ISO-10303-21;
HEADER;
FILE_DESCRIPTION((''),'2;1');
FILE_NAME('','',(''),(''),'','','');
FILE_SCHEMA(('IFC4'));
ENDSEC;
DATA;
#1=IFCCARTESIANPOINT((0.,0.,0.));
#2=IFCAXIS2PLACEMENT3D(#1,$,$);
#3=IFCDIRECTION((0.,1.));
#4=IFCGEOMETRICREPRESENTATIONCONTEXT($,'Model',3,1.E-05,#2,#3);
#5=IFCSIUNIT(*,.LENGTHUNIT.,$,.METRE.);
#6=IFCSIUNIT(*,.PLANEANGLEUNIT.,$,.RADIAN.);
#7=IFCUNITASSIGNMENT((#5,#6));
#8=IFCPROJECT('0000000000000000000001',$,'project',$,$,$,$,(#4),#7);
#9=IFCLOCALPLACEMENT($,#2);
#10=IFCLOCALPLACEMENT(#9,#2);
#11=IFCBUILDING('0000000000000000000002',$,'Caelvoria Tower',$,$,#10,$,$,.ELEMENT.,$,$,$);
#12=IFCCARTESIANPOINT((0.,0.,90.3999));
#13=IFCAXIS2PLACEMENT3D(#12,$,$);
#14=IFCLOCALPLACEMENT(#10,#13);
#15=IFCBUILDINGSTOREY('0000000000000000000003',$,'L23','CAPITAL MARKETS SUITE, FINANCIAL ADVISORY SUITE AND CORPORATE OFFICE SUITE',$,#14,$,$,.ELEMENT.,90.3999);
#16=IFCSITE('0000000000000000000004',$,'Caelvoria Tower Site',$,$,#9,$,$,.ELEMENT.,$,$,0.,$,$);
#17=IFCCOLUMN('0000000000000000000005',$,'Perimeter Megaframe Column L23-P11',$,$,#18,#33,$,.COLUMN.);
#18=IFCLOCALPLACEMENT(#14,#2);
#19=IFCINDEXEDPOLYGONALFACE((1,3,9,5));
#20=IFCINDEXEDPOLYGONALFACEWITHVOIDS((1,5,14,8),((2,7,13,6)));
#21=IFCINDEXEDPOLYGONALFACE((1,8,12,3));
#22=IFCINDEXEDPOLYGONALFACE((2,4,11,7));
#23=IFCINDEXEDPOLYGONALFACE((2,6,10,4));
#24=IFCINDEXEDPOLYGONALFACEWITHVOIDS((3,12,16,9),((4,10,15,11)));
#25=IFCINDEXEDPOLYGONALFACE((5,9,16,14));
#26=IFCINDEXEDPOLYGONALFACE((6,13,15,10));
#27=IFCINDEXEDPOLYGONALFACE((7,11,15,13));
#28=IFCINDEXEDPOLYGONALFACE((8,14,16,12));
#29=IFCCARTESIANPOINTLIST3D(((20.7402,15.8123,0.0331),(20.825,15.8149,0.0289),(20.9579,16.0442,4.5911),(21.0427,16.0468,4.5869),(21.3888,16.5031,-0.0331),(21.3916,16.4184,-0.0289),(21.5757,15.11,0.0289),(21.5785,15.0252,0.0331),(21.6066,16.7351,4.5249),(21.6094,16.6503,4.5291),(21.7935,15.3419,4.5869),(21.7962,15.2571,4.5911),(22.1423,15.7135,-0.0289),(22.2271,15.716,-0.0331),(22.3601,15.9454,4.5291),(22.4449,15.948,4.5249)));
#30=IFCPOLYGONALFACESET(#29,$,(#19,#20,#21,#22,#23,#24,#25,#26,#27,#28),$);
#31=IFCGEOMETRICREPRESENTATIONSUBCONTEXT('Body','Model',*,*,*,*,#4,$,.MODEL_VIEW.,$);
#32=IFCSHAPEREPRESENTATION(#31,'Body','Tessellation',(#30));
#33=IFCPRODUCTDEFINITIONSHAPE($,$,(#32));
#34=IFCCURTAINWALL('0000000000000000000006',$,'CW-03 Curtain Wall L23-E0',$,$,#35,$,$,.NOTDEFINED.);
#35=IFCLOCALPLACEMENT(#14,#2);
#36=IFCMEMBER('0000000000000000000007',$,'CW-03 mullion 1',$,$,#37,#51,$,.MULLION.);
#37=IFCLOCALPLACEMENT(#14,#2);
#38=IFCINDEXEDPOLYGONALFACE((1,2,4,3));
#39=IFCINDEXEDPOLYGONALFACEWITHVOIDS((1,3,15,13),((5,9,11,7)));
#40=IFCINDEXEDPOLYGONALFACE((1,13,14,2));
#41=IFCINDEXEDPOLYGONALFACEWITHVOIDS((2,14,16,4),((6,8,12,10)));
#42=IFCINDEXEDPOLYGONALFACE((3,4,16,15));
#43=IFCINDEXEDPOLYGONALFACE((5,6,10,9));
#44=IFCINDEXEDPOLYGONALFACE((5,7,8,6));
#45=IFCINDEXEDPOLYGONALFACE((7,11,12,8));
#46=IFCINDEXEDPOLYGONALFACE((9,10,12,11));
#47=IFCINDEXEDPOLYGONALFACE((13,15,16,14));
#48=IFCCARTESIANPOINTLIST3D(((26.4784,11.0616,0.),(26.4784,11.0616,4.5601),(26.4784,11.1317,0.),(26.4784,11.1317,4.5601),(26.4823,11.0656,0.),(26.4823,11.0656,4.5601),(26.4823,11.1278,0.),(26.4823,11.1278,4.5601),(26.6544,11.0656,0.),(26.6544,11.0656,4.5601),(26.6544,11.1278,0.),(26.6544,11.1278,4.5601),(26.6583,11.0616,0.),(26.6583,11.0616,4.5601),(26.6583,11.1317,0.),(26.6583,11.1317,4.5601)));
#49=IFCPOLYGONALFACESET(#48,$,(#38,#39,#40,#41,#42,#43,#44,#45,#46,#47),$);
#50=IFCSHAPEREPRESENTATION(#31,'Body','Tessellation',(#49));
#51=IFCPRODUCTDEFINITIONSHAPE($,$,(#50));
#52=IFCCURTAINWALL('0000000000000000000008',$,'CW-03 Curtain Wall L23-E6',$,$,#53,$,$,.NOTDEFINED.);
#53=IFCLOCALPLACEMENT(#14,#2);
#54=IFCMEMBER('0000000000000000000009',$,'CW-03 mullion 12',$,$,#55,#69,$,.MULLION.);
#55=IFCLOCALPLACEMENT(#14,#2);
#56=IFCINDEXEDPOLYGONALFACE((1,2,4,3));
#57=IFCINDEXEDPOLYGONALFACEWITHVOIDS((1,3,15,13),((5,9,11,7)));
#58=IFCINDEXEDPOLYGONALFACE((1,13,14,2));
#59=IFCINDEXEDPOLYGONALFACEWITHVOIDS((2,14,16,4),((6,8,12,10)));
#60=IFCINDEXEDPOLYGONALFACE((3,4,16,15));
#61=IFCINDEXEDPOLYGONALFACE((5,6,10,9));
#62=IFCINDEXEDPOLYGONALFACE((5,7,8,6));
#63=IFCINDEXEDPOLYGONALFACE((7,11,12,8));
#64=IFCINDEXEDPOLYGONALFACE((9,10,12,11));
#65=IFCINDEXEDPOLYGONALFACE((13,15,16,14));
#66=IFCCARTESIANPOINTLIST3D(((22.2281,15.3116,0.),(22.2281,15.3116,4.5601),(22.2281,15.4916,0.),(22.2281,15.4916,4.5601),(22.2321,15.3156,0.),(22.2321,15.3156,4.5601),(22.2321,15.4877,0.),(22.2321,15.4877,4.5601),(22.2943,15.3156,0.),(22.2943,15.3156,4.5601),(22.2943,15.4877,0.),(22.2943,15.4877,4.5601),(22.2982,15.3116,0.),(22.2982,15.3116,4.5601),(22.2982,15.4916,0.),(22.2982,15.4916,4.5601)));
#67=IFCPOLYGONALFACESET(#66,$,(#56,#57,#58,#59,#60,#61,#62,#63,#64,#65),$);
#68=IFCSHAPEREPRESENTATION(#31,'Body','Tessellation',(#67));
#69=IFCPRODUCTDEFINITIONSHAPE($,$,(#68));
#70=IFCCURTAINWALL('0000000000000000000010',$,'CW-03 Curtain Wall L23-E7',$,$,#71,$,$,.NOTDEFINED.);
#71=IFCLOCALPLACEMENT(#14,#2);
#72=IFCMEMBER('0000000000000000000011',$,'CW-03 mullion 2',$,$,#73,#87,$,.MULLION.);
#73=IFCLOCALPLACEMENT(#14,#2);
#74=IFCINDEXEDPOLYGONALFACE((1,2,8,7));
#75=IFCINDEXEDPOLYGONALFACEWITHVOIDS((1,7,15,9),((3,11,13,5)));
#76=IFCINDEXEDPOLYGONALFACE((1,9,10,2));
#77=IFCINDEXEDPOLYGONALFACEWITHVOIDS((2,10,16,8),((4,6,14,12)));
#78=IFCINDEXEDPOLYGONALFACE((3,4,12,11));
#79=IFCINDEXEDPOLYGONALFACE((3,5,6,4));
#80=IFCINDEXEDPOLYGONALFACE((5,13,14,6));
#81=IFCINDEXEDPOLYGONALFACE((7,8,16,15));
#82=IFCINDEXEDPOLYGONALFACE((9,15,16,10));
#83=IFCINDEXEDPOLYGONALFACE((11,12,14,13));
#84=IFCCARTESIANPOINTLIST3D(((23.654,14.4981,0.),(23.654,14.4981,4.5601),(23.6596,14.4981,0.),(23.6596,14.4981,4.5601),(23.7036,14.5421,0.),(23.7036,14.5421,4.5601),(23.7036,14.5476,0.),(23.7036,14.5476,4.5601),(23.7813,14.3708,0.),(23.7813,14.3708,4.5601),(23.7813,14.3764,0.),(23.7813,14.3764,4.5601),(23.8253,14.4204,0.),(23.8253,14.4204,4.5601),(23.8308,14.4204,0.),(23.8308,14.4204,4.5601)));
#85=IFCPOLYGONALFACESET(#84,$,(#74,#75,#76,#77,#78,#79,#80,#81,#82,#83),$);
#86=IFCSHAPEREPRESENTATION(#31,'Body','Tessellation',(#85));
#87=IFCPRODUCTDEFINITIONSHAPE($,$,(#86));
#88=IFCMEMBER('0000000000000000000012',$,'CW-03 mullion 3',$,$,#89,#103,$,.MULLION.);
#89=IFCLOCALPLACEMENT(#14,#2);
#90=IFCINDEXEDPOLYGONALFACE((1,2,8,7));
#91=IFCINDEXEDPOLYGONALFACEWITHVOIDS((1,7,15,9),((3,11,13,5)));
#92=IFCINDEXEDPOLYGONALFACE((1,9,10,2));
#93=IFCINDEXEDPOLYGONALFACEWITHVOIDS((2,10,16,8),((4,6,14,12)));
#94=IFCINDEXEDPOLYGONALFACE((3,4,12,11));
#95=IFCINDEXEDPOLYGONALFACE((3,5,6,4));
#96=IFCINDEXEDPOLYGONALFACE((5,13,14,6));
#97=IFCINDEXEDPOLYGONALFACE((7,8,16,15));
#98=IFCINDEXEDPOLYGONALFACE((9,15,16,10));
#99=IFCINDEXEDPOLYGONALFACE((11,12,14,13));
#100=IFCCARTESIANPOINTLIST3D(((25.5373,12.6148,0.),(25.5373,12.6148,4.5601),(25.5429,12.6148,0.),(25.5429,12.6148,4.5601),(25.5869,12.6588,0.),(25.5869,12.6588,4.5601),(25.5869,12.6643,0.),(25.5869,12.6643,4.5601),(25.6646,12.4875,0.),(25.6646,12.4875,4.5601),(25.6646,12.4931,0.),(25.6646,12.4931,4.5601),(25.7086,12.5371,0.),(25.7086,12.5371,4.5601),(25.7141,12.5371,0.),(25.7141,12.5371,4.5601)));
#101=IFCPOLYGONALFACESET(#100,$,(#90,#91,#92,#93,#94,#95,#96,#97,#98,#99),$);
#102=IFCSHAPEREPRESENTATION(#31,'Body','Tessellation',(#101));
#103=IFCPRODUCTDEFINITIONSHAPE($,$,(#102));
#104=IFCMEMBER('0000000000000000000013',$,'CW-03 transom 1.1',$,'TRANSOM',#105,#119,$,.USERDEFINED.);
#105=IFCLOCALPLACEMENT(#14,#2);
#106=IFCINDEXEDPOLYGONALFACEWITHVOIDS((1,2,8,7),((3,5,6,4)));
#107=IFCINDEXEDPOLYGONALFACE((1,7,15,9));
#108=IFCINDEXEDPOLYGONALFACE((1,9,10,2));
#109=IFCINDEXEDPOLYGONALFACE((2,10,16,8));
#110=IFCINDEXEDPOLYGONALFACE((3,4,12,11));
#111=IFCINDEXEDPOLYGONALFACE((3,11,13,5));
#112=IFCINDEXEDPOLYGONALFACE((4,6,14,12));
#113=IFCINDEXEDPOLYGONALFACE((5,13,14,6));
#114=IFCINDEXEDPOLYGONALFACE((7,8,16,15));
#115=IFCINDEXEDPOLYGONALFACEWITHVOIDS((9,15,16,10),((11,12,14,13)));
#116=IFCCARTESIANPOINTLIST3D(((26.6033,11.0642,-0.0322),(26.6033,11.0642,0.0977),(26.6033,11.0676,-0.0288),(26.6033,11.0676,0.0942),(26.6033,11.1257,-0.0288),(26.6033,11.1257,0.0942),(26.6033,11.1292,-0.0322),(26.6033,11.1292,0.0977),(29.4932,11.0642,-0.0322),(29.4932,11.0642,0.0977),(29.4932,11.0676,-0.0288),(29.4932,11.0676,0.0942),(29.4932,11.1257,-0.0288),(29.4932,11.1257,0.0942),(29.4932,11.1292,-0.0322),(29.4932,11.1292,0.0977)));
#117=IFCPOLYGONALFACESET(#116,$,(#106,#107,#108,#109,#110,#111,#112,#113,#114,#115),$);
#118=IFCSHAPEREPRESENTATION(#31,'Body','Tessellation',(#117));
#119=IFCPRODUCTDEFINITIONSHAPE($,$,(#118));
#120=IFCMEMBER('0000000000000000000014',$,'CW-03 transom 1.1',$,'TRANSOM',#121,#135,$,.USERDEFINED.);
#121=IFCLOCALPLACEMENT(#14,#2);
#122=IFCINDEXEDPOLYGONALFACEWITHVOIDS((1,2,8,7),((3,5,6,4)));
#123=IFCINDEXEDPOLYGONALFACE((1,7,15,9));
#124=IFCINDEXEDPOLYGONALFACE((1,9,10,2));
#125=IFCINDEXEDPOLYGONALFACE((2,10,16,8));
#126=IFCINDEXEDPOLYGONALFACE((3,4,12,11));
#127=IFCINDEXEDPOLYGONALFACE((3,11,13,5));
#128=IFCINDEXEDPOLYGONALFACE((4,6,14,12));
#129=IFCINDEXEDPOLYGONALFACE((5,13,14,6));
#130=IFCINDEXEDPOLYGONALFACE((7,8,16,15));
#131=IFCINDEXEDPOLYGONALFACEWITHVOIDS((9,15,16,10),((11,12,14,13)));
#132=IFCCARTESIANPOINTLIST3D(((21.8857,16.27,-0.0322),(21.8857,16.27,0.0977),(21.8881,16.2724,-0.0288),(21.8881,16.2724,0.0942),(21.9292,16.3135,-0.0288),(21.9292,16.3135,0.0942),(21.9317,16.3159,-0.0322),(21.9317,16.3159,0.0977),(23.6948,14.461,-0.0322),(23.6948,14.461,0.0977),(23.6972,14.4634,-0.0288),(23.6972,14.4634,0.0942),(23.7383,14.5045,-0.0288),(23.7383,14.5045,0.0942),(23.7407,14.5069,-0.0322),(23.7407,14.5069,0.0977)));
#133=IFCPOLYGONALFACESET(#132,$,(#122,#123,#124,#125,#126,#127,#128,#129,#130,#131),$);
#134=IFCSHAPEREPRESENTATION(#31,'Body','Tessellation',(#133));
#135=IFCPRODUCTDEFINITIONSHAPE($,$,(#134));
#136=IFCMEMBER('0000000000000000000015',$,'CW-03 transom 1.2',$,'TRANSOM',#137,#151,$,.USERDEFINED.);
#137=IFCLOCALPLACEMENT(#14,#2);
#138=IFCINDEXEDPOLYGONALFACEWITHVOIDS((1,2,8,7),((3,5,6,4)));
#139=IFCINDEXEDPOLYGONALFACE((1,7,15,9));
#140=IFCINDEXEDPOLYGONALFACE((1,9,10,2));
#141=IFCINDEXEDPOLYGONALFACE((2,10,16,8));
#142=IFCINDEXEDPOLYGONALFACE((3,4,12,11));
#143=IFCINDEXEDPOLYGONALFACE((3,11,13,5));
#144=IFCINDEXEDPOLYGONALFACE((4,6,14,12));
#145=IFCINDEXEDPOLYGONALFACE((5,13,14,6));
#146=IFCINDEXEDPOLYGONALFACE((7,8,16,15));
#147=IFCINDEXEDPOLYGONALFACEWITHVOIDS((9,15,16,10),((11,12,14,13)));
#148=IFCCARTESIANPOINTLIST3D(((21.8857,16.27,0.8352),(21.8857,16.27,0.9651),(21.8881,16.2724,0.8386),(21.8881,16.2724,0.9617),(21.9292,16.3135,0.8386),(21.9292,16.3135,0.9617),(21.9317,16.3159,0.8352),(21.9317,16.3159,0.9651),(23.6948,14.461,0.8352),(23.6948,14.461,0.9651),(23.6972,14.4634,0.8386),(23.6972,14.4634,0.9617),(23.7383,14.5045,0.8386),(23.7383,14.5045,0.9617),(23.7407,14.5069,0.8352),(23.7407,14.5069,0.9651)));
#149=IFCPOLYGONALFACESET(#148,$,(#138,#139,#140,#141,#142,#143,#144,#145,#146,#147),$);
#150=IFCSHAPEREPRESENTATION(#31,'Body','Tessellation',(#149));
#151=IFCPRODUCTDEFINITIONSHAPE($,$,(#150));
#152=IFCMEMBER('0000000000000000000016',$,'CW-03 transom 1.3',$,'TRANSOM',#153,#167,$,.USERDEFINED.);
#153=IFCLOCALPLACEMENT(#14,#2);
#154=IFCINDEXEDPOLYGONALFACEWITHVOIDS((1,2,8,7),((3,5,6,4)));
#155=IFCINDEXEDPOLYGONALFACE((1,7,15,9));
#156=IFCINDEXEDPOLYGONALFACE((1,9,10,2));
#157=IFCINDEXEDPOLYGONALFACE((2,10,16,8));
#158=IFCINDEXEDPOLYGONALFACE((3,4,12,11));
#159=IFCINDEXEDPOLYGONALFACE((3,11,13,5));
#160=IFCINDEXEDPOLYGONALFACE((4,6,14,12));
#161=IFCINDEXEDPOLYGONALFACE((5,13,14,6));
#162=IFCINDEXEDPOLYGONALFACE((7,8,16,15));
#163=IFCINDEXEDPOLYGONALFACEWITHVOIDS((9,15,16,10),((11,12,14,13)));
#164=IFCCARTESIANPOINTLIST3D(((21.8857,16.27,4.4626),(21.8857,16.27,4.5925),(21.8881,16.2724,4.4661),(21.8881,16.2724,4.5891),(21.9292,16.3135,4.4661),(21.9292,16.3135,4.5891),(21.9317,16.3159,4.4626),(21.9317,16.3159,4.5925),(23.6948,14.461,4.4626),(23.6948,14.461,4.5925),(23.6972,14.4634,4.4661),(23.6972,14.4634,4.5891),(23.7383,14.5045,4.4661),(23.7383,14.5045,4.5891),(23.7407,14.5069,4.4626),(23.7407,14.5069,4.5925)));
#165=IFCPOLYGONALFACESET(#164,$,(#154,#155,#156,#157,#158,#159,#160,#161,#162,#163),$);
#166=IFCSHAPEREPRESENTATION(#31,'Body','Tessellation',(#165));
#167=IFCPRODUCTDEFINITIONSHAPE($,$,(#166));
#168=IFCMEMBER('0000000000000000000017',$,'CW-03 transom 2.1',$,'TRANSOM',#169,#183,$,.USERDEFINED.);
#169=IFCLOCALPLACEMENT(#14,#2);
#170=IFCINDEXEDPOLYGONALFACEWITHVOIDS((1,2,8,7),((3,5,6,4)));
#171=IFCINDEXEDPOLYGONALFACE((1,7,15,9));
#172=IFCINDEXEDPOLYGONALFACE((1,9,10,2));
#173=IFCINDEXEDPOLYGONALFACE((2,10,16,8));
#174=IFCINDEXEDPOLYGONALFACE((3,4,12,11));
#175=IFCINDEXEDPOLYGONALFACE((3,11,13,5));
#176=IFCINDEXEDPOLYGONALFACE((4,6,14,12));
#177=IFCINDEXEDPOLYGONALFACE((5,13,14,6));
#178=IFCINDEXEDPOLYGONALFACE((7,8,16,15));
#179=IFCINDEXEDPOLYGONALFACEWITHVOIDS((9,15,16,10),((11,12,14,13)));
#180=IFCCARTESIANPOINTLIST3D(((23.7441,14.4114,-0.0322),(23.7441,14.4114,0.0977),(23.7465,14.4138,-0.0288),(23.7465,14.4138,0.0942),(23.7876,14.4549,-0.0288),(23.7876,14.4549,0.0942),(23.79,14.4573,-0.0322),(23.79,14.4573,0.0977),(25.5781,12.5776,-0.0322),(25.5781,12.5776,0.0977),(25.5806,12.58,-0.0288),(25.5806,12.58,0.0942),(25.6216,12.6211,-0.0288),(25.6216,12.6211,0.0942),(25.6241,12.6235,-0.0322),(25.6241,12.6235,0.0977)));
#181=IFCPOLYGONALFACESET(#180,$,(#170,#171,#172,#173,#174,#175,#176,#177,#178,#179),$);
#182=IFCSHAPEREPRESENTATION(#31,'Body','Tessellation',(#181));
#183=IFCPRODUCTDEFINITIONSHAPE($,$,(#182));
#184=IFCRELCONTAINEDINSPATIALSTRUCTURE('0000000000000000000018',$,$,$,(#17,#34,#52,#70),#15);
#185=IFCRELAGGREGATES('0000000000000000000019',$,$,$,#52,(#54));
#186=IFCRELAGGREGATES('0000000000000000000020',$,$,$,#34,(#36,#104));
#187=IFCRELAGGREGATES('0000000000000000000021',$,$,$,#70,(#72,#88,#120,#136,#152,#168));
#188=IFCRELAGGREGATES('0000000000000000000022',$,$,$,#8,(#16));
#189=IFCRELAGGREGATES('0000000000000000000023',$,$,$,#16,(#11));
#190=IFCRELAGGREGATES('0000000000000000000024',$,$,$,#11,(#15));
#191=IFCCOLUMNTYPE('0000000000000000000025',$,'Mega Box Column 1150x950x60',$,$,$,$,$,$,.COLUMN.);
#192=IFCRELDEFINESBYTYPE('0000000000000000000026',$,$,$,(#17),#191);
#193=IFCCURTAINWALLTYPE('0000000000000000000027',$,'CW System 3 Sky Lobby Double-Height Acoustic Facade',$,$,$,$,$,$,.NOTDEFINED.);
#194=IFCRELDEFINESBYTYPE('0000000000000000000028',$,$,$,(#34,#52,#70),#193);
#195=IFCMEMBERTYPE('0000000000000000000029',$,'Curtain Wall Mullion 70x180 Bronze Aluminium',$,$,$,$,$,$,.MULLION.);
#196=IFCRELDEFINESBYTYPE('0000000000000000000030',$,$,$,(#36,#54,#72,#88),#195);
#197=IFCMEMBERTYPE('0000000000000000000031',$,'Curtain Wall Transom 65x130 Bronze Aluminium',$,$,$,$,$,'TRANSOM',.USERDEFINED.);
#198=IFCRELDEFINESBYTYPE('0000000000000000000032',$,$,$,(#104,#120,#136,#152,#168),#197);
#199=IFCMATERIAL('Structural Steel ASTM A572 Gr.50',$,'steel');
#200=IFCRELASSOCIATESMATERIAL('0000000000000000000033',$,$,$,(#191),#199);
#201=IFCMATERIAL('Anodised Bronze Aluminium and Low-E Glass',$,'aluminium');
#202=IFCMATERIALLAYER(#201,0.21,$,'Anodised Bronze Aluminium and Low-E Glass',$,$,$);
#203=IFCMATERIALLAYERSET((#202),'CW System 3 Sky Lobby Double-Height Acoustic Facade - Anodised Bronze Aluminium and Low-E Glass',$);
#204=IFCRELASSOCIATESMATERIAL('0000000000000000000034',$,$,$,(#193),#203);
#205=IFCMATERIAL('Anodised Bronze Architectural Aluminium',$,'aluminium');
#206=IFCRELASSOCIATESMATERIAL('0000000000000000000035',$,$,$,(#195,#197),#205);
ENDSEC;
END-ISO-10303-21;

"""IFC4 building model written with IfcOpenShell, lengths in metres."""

from ifc_helpers import new_model, si_unit, direction, frame, origin, origin_2d, place, context, subcontext, project, spatial, hollow_rectangle, extrude, material, layer, layer_set, material_profile, profile_set, type_object, element, aggregate, save


model = new_model("IFC4")

# Units and contexts
model_context = context("Model", 3, precision=1e-05, world=origin(), true_north=direction((0.0, 1.0)))
body_context = subcontext(model_context, "Body", "Model", "MODEL_VIEW")
ifc_project = project(units=[si_unit("LENGTHUNIT", "METRE"), si_unit("PLANEANGLEUNIT", "RADIAN")], contexts=[model_context])

# Site, building, storey
site_placement = place(None, origin())
site = spatial("IfcSite", under=ifc_project, at=site_placement, Name="Caelvoria Tower Site", CompositionType="ELEMENT", RefElevation=0.0)
building_placement = place(site_placement, origin())
building = spatial("IfcBuilding", under=site, at=building_placement, Name="Caelvoria Tower", CompositionType="ELEMENT")
storey_placement = place(building_placement, frame((0.0, 0.0, 90.3999)))
storey = spatial("IfcBuildingStorey", under=building, at=storey_placement, Name="L23", Description="CAPITAL MARKETS SUITE, FINANCIAL ADVISORY SUITE AND CORPORATE OFFICE SUITE", CompositionType="ELEMENT", Elevation=90.3999)

# Column
ifc_material_1 = material(Name="Structural Steel ASTM A572 Gr.50", Category="steel")
ifc_material_profile_1 = material_profile(ifc_material_1, hollow_rectangle(XDim=0.95, YDim=1.1499, WallThickness=0.0601, at=origin_2d()), Name="Structural Steel ASTM A572 Gr.50")
ifc_profile_set_1 = profile_set([ifc_material_profile_1], Name="BOX1150X950X60 - Structural Steel ASTM A572 Gr.50")
column_type = type_object("IfcColumnType", Name="Mega Box Column 1150x950x60", PredefinedType="COLUMN", material=ifc_profile_set_1)
column_placement = place(storey_placement, frame((21.4836, 15.7642, 0.0), z_axis=(0.047661, 0.05076, 0.997573), x_axis=(-0.682841, -0.727241, 0.069629)))
element("IfcColumn", 1, at=column_placement, inside=storey, type_object=column_type, Name="Perimeter Megaframe Column L23-P11", PredefinedType="COLUMN", context=body_context, shape_type="SweptSolid", body=[
    extrude(hollow_rectangle(XDim=0.95, YDim=1.1499, WallThickness=0.0601, at=origin_2d()), origin(), (0.0, 0.0, 1.0), 4.5691),
])

# Curtain walls, members
ifc_material_2 = material(Name="Anodised Bronze Aluminium and Low-E Glass", Category="aluminium")
ifc_layer_1 = layer(ifc_material_2, 0.21, Name="Anodised Bronze Aluminium and Low-E Glass")
ifc_layer_set_1 = layer_set([ifc_layer_1], Name="CW System 3 Sky Lobby Double-Height Acoustic Facade - Anodised Bronze Aluminium and Low-E Glass")
curtain_wall_type = type_object("IfcCurtainWallType", Name="CW System 3 Sky Lobby Double-Height Acoustic Facade", PredefinedType="NOTDEFINED", material=ifc_layer_set_1)
curtain_wall_1_placement = place(storey_placement, origin())
curtain_wall_1 = element("IfcCurtainWall", 2, at=curtain_wall_1_placement, inside=storey, type_object=curtain_wall_type, Name="CW-03 Curtain Wall L23-E0", PredefinedType="NOTDEFINED")
ifc_material_3 = material(Name="Anodised Bronze Architectural Aluminium", Category="aluminium")
ifc_material_profile_2 = material_profile(ifc_material_3, hollow_rectangle(XDim=0.0701, YDim=0.1799, WallThickness=0.0039, at=origin_2d()), Name="Anodised Bronze Architectural Aluminium")
ifc_profile_set_2 = profile_set([ifc_material_profile_2], Name="CW_MULL_70X180 - Anodised Bronze Architectural Aluminium")
member_type_1 = type_object("IfcMemberType", Name="Curtain Wall Mullion 70x180 Bronze Aluminium", PredefinedType="MULLION", material=ifc_profile_set_2)
member_1_placement = place(storey_placement, frame((26.5684, 11.0967, 0.0), z_axis=(0.0, 0.0, 1.0), x_axis=(0.0, 1.0, 0.0)))
member_1 = element("IfcMember", 3, at=member_1_placement, type_object=member_type_1, Name="CW-03 mullion 1", PredefinedType="MULLION", context=body_context, shape_type="SweptSolid", body=[
    extrude(hollow_rectangle(XDim=0.0701, YDim=0.1799, WallThickness=0.0039, at=origin_2d()), origin(), (0.0, 0.0, 1.0), 4.5601),
])
curtain_wall_2_placement = place(storey_placement, origin())
curtain_wall_2 = element("IfcCurtainWall", 4, at=curtain_wall_2_placement, inside=storey, type_object=curtain_wall_type, Name="CW-03 Curtain Wall L23-E6", PredefinedType="NOTDEFINED")
member_2_placement = place(storey_placement, frame((22.2632, 15.4016, 0.0), z_axis=(0.0, 0.0, 1.0), x_axis=(1.0, 0.0, 0.0)))
member_2 = element("IfcMember", 5, at=member_2_placement, type_object=member_type_1, Name="CW-03 mullion 12", PredefinedType="MULLION", context=body_context, shape_type="SweptSolid", body=[
    extrude(hollow_rectangle(XDim=0.0701, YDim=0.1799, WallThickness=0.0039, at=origin_2d()), origin(), (0.0, 0.0, 1.0), 4.5601),
])
aggregate(curtain_wall_2, [member_2])

# Curtain wall, members
curtain_wall_3_placement = place(storey_placement, origin())
curtain_wall_3 = element("IfcCurtainWall", 6, at=curtain_wall_3_placement, inside=storey, type_object=curtain_wall_type, Name="CW-03 Curtain Wall L23-E7", PredefinedType="NOTDEFINED")
member_3_placement = place(storey_placement, frame((23.7424, 14.4592, 0.0), z_axis=(0.0, 0.0, 1.0), x_axis=(0.707107, 0.707107, 0.0)))
member_3 = element("IfcMember", 7, at=member_3_placement, type_object=member_type_1, Name="CW-03 mullion 2", PredefinedType="MULLION", context=body_context, shape_type="SweptSolid", body=[
    extrude(hollow_rectangle(XDim=0.0701, YDim=0.1799, WallThickness=0.0039, at=origin_2d()), origin(), (0.0, 0.0, 1.0), 4.5601),
])
member_4_placement = place(storey_placement, frame((25.6257, 12.5759, 0.0), z_axis=(0.0, 0.0, 1.0), x_axis=(0.707107, 0.707107, 0.0)))
member_4 = element("IfcMember", 8, at=member_4_placement, type_object=member_type_1, Name="CW-03 mullion 3", PredefinedType="MULLION", context=body_context, shape_type="SweptSolid", body=[
    extrude(hollow_rectangle(XDim=0.0701, YDim=0.1799, WallThickness=0.0039, at=origin_2d()), origin(), (0.0, 0.0, 1.0), 4.5601),
])

# Members
ifc_material_profile_3 = material_profile(ifc_material_3, hollow_rectangle(XDim=0.0649, YDim=0.1299, WallThickness=0.0034, at=origin_2d()), Name="Anodised Bronze Architectural Aluminium")
ifc_profile_set_3 = profile_set([ifc_material_profile_3], Name="CW_TRAN_65X130 - Anodised Bronze Architectural Aluminium")
member_type_2 = type_object("IfcMemberType", Name="Curtain Wall Transom 65x130 Bronze Aluminium", ElementType="TRANSOM", PredefinedType="USERDEFINED", material=ifc_profile_set_3)
member_5_placement = place(storey_placement, frame((26.6033, 11.0967, 0.0327), z_axis=(1.0, 0.0, 0.0), x_axis=(0.0, 1.0, 0.0)))
member_5 = element("IfcMember", 9, at=member_5_placement, type_object=member_type_2, Name="CW-03 transom 1.1", ObjectType="TRANSOM", PredefinedType="USERDEFINED", context=body_context, shape_type="SweptSolid", body=[
    extrude(hollow_rectangle(XDim=0.0649, YDim=0.1299, WallThickness=0.0034, at=origin_2d()), origin(), (0.0, 0.0, 1.0), 2.8899),
])
aggregate(curtain_wall_1, [member_1, member_5])
member_6_placement = place(storey_placement, frame((21.9087, 16.293, 0.0327), z_axis=(0.707107, -0.707107, 0.0), x_axis=(0.707107, 0.707107, 0.0)))
member_6 = element("IfcMember", 10, at=member_6_placement, type_object=member_type_2, Name="CW-03 transom 1.1", ObjectType="TRANSOM", PredefinedType="USERDEFINED", context=body_context, shape_type="SweptSolid", body=[
    extrude(hollow_rectangle(XDim=0.0649, YDim=0.1299, WallThickness=0.0034, at=origin_2d()), origin(), (0.0, 0.0, 1.0), 2.5583),
])
member_7_placement = place(storey_placement, frame((21.9087, 16.293, 0.9001), z_axis=(0.707107, -0.707107, 0.0), x_axis=(0.707107, 0.707107, 0.0)))
member_7 = element("IfcMember", 11, at=member_7_placement, type_object=member_type_2, Name="CW-03 transom 1.2", ObjectType="TRANSOM", PredefinedType="USERDEFINED", context=body_context, shape_type="SweptSolid", body=[
    extrude(hollow_rectangle(XDim=0.0649, YDim=0.1299, WallThickness=0.0034, at=origin_2d()), origin(), (0.0, 0.0, 1.0), 2.5583),
])
member_8_placement = place(storey_placement, frame((21.9087, 16.293, 4.5276), z_axis=(0.707107, -0.707107, 0.0), x_axis=(0.707107, 0.707107, 0.0)))
member_8 = element("IfcMember", 12, at=member_8_placement, type_object=member_type_2, Name="CW-03 transom 1.3", ObjectType="TRANSOM", PredefinedType="USERDEFINED", context=body_context, shape_type="SweptSolid", body=[
    extrude(hollow_rectangle(XDim=0.0649, YDim=0.1299, WallThickness=0.0034, at=origin_2d()), origin(), (0.0, 0.0, 1.0), 2.5583),
])
member_9_placement = place(storey_placement, frame((23.7671, 14.4343, 0.0327), z_axis=(0.707154, -0.70706, 0.0), x_axis=(0.70706, 0.707154, 0.0)))
member_9 = element("IfcMember", 13, at=member_9_placement, type_object=member_type_2, Name="CW-03 transom 2.1", ObjectType="TRANSOM", PredefinedType="USERDEFINED", context=body_context, shape_type="SweptSolid", body=[
    extrude(hollow_rectangle(XDim=0.0649, YDim=0.1299, WallThickness=0.0034, at=origin_2d()), origin(), (0.0, 0.0, 1.0), 2.5935),
])

aggregate(curtain_wall_3, [member_3, member_4, member_6, member_7, member_8, member_9])

save(model, "model.ifc")
